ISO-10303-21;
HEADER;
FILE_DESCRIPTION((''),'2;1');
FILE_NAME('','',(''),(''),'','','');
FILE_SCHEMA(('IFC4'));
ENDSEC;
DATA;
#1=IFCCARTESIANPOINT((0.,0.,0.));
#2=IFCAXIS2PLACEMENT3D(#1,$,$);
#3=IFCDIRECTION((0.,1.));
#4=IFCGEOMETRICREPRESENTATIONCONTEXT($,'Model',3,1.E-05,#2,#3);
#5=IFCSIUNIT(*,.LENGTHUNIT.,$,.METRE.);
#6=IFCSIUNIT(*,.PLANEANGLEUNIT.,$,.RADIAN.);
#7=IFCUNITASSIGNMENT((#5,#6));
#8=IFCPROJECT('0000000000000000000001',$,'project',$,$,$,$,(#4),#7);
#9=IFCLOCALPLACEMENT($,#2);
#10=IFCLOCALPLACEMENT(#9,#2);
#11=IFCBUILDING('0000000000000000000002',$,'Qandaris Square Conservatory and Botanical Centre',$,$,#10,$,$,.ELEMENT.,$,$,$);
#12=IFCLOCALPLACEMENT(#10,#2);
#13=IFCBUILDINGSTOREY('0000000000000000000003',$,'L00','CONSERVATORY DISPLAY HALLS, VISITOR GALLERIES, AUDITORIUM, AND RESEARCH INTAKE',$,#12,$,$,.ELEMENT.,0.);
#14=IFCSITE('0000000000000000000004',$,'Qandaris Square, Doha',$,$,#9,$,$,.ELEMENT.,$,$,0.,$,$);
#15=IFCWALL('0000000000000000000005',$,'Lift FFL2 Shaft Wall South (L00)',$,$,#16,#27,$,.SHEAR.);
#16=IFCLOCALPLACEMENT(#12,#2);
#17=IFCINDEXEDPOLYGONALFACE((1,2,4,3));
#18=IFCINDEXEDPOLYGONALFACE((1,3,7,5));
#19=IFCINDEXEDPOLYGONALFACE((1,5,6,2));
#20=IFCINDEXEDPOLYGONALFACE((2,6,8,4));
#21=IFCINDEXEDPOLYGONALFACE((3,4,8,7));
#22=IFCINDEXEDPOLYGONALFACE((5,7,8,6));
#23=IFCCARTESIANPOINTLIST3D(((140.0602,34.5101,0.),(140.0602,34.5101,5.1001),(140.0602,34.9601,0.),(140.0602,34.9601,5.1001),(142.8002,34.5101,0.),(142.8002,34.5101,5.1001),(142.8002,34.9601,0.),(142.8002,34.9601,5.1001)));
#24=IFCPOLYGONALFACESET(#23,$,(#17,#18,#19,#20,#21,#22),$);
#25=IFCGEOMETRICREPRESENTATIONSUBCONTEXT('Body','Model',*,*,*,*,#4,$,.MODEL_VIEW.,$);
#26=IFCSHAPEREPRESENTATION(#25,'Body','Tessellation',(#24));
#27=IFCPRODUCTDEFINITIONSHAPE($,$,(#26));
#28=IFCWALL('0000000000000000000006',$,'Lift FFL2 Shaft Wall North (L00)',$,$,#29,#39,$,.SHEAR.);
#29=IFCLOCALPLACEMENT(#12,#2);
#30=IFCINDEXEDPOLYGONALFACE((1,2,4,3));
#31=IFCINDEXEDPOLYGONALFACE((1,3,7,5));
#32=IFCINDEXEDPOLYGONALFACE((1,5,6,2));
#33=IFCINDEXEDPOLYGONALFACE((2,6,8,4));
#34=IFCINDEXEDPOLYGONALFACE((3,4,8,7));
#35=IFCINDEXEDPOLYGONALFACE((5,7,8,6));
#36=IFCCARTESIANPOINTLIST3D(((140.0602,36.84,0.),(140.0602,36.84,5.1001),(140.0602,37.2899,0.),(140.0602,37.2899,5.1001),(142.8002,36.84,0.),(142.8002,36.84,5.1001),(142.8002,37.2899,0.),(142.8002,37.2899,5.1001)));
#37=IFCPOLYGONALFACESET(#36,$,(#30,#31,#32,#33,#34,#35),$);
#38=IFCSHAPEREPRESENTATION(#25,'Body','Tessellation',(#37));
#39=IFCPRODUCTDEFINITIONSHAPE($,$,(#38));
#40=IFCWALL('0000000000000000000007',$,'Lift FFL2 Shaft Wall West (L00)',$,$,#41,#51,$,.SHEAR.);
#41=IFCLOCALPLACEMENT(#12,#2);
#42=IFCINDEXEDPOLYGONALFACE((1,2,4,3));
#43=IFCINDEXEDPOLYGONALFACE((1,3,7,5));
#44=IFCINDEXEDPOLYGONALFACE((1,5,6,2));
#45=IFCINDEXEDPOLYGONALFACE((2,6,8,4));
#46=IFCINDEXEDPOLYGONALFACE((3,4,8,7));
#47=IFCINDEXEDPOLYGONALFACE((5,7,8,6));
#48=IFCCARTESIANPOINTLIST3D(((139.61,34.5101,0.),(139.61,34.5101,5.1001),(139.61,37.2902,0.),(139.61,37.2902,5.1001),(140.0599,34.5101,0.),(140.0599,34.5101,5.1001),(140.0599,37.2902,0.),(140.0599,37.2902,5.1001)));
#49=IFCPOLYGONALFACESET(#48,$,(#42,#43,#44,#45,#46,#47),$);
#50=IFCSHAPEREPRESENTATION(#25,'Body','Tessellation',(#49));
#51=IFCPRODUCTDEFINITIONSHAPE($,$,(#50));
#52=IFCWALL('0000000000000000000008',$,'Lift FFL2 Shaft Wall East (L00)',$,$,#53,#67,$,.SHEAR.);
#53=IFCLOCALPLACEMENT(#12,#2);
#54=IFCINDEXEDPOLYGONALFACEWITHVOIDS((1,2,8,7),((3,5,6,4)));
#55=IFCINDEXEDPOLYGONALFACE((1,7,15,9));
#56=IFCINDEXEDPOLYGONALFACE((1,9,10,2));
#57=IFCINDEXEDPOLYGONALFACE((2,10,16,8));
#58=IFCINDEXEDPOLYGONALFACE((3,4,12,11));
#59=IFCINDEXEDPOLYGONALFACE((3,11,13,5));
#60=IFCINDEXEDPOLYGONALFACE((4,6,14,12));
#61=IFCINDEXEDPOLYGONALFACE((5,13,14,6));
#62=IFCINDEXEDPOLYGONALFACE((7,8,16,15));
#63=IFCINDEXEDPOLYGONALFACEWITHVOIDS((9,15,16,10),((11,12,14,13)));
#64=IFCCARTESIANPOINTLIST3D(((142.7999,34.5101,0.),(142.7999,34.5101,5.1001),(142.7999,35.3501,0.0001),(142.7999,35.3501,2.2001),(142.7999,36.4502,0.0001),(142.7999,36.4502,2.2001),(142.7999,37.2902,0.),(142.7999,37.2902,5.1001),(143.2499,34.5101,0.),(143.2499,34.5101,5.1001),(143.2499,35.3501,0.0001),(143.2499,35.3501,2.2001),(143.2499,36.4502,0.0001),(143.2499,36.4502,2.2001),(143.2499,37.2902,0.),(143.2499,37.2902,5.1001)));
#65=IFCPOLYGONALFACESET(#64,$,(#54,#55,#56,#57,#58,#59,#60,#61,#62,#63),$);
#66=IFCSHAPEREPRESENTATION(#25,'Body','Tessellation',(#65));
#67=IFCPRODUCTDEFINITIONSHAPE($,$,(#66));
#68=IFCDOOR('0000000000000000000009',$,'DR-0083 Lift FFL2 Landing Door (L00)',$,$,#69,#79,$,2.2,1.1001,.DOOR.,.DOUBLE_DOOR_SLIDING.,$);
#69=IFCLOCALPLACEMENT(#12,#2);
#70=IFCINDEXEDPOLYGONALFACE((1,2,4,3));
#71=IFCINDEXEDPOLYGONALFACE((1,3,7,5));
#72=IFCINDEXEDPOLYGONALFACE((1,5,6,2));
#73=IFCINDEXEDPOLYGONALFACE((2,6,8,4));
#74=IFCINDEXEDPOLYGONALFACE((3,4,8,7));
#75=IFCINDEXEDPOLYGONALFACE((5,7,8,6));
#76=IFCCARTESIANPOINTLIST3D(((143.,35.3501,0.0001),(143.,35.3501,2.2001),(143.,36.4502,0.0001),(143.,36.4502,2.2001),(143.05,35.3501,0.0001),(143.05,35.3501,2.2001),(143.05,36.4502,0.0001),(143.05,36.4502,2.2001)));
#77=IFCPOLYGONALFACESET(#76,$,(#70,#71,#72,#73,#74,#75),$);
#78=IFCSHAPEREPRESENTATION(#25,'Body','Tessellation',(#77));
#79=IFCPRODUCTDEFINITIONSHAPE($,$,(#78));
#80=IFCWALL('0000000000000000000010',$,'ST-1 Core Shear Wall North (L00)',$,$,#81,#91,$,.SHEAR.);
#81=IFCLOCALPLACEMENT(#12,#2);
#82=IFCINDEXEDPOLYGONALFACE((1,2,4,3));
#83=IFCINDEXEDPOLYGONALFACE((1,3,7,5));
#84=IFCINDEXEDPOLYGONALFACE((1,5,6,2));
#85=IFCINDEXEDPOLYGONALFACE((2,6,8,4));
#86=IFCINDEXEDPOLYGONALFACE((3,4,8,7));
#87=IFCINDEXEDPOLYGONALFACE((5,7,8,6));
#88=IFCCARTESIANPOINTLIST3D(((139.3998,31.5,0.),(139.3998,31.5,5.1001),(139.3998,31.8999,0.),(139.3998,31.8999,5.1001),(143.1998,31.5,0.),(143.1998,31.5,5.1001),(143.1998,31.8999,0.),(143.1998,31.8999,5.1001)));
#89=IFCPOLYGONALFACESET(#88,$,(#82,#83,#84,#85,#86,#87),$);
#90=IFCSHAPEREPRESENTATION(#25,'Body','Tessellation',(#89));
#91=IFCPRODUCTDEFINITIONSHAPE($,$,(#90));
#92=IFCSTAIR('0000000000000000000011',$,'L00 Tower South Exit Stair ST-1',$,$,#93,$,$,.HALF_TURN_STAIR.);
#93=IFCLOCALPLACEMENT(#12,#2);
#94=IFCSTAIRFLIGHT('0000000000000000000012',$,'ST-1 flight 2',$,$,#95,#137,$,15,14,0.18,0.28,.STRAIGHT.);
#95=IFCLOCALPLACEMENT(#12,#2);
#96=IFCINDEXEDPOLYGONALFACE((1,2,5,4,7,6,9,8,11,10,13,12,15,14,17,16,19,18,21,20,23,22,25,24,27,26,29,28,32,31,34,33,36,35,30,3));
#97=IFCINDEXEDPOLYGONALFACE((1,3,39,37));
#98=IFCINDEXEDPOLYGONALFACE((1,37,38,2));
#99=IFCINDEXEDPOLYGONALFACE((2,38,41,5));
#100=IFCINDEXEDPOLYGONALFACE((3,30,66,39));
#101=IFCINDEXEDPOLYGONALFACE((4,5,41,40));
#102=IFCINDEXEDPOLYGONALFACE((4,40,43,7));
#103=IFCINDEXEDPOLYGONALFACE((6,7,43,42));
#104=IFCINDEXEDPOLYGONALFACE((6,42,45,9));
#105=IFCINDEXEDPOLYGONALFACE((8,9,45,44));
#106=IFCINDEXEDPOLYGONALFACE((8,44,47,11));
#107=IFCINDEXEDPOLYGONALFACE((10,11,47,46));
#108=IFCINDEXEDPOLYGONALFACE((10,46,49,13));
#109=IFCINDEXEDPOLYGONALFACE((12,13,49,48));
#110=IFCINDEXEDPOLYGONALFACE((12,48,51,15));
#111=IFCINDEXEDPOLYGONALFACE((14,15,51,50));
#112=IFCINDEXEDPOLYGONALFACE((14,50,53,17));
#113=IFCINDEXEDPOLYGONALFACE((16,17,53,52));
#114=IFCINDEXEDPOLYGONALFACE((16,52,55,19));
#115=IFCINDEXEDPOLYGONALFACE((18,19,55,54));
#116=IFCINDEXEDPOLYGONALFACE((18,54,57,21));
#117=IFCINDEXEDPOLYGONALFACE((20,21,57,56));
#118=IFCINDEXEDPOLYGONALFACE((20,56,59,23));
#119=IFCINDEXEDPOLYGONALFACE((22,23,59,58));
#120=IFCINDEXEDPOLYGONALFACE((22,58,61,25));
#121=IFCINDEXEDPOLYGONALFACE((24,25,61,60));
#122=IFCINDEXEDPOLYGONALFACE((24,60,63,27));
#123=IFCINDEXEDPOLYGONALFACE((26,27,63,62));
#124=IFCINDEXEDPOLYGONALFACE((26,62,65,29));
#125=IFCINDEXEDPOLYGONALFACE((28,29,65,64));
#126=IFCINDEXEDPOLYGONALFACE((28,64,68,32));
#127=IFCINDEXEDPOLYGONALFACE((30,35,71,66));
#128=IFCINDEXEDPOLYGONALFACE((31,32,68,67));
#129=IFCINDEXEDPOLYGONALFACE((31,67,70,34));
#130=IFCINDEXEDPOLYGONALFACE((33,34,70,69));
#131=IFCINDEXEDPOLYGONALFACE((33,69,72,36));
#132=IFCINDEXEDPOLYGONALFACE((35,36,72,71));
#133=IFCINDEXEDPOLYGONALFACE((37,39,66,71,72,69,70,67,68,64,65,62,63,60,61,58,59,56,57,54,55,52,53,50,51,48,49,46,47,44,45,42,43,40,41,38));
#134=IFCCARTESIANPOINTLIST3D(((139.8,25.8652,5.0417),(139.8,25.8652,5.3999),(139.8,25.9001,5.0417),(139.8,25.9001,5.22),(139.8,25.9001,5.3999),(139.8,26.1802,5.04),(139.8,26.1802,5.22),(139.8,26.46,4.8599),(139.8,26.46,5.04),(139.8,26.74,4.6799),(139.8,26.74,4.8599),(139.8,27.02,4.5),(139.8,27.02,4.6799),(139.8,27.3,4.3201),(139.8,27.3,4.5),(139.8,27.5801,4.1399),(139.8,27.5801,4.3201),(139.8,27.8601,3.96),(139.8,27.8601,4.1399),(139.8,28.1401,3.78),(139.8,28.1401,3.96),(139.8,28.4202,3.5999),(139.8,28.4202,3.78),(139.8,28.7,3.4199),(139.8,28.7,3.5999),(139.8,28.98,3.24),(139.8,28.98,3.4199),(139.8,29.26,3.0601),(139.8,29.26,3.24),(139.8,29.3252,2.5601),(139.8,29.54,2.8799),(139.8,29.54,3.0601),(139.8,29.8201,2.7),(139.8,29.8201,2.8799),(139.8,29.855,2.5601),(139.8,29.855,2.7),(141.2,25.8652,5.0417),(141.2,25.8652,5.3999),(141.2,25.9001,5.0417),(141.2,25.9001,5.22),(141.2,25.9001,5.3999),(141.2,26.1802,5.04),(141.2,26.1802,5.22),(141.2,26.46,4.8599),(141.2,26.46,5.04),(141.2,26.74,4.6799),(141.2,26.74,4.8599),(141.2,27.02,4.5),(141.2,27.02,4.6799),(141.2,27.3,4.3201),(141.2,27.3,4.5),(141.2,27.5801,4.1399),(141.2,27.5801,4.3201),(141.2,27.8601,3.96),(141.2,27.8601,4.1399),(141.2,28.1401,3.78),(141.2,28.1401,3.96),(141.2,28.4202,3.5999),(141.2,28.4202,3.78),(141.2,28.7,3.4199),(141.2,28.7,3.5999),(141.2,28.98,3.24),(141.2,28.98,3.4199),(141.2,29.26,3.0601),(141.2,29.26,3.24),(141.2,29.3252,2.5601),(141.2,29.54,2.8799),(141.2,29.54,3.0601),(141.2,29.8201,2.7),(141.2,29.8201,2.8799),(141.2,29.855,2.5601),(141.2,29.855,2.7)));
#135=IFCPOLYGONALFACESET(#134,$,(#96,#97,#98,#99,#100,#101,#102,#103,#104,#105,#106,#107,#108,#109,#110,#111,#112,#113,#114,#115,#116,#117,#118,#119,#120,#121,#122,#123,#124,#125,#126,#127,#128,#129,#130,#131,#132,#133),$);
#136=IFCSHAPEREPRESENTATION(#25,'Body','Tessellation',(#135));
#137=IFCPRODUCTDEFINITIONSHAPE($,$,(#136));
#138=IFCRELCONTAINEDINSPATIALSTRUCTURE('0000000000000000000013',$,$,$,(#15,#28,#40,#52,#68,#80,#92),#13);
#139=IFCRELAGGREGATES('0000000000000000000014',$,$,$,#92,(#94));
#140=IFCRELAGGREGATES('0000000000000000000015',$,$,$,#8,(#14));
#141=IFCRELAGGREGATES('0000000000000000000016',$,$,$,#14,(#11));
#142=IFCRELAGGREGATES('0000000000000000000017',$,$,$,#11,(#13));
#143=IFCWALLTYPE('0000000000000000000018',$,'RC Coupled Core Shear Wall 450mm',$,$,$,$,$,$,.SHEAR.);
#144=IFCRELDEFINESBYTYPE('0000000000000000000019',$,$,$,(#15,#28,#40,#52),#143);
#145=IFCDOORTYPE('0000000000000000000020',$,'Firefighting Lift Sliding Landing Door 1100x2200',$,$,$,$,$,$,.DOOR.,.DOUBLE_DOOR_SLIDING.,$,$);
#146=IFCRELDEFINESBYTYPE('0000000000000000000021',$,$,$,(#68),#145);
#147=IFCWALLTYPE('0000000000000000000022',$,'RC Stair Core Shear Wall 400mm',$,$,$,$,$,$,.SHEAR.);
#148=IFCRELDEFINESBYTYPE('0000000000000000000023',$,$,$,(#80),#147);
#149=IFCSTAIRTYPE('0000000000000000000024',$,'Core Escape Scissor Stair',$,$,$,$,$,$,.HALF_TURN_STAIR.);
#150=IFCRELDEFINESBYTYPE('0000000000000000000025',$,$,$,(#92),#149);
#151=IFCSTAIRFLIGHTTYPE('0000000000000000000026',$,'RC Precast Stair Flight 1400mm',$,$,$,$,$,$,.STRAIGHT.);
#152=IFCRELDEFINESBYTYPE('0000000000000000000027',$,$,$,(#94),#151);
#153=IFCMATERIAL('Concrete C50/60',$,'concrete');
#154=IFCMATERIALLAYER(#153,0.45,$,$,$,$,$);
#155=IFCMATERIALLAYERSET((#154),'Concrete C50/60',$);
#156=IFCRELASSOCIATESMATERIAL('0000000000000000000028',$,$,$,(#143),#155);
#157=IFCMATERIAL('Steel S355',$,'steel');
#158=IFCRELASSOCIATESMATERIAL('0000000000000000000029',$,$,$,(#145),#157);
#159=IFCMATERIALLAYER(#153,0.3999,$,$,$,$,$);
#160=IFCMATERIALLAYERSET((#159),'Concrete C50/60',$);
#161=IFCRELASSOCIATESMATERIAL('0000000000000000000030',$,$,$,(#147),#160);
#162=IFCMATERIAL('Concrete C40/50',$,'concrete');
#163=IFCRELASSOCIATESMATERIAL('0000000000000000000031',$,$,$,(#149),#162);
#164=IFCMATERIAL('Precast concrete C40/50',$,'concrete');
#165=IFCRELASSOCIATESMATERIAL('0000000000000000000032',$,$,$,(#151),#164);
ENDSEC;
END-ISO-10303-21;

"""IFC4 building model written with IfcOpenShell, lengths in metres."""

from ifc_helpers import new_model, si_unit, direction, frame, frame_2d, origin, place, context, subcontext, project, spatial, polyline, rectangle, outline, extrude, material, layer, layer_set, type_object, element, fill, aggregate, save


model = new_model("IFC4")

# Units and contexts
model_context = context("Model", 3, precision=1e-05, world=origin(), true_north=direction((0.0, 1.0)))
body_context = subcontext(model_context, "Body", "Model", "MODEL_VIEW")
ifc_project = project(units=[si_unit("LENGTHUNIT", "METRE"), si_unit("PLANEANGLEUNIT", "RADIAN")], contexts=[model_context])

# Site, building, storey
site_placement = place(None, origin())
site = spatial("IfcSite", under=ifc_project, at=site_placement, Name="Qandaris Square, Doha", CompositionType="ELEMENT", RefElevation=0.0)
building_placement = place(site_placement, origin())
building = spatial("IfcBuilding", under=site, at=building_placement, Name="Qandaris Square Conservatory and Botanical Centre", CompositionType="ELEMENT")
storey_placement = place(building_placement, origin())
storey = spatial("IfcBuildingStorey", under=building, at=storey_placement, Name="L00", Description="CONSERVATORY DISPLAY HALLS, VISITOR GALLERIES, AUDITORIUM, AND RESEARCH INTAKE", CompositionType="ELEMENT", Elevation=0.0)

# Shared definitions
ifc_material_1 = material(Name="Steel S355", Category="steel")

# Shared definitions
ifc_material_2 = material(Name="Concrete C40/50", Category="concrete")

# Shared definitions
ifc_material_3 = material(Name="Concrete C50/60", Category="concrete")
ifc_layer_1 = layer(ifc_material_3, 0.45)
ifc_layer_set_1 = layer_set([ifc_layer_1], Name="Concrete C50/60")
wall_type_1 = type_object("IfcWallType", Name="RC Coupled Core Shear Wall 450mm", PredefinedType="SHEAR", material=ifc_layer_set_1)

# Shared definitions
door_type_1 = type_object("IfcDoorType", Name="Firefighting Lift Sliding Landing Door 1100x2200", OperationType="DOUBLE_DOOR_SLIDING", PredefinedType="DOOR", material=ifc_material_1)

# Walls
for number, where, z_axis, x_axis, name in (
    (1, (140.0601, 34.7351, 0.0), (0.0, 0.0, 1.0), (1.0, 0.0, 0.0), "Lift FFL2 Shaft Wall South (L00)"),
    (2, (140.0601, 37.0649, 0.0), (0.0, 0.0, 1.0), (1.0, 0.0, 0.0), "Lift FFL2 Shaft Wall North (L00)"),
):
    element("IfcWall", number, at=place(storey_placement, frame(where, z_axis=z_axis, x_axis=x_axis)), inside=storey, type_object=wall_type_1, Name=name, PredefinedType="SHEAR", context=body_context, shape_type="SweptSolid", body=[
        extrude(rectangle(XDim=2.74, YDim=0.45, at=frame_2d((1.3701, 0.0))), origin(), (0.0, 0.0, 1.0), 5.1001),
    ])
wall_1_placement = place(storey_placement, frame((139.835, 34.51, 0.0), z_axis=(0.0, 0.0, 1.0), x_axis=(0.0, 1.0, 0.0)))
element("IfcWall", 3, at=wall_1_placement, inside=storey, type_object=wall_type_1, Name="Lift FFL2 Shaft Wall West (L00)", PredefinedType="SHEAR", context=body_context, shape_type="SweptSolid", body=[
    extrude(rectangle(XDim=2.78, YDim=0.45, at=frame_2d((1.3901, 0.0))), origin(), (0.0, 0.0, 1.0), 5.1001),
])

# Wall, opening, door
wall_2_placement = place(storey_placement, frame((143.0249, 34.51, 0.0), z_axis=(0.0, 0.0, 1.0), x_axis=(0.0, 1.0, 0.0)))
wall_2 = element("IfcWall", 4, at=wall_2_placement, inside=storey, type_object=wall_type_1, Name="Lift FFL2 Shaft Wall East (L00)", PredefinedType="SHEAR", context=body_context, shape_type="SweptSolid", body=[
    extrude(rectangle(XDim=2.78, YDim=0.45, at=frame_2d((1.3901, 0.0))), origin(), (0.0, 0.0, 1.0), 5.1001),
])
opening_1_placement = place(wall_2_placement, frame((0.8401, 0.0, 0.0)))
opening_1 = element("IfcOpeningElement", 5, at=opening_1_placement, cuts=wall_2, PredefinedType="OPENING", context=body_context, shape_type="SweptSolid", body=[
    extrude(rectangle(XDim=1.1001, YDim=2.2, at=frame_2d((0.55, 1.1001))), frame((0.0, 0.2368, 0.0), z_axis=(0.0, -1.0, 0.0), x_axis=(1.0, 0.0, 0.0)), (0.0, 0.0, 1.0), 0.4739),
])
door_1_placement = place(opening_1_placement, origin())
door_1 = element("IfcDoor", 6, at=door_1_placement, inside=storey, type_object=door_type_1, Name="DR-0083 Lift FFL2 Landing Door (L00)", OperationType="DOUBLE_DOOR_SLIDING", OverallHeight=2.2, OverallWidth=1.1001, PredefinedType="DOOR", context=body_context, shape_type="SweptSolid", body=[
    extrude(rectangle(XDim=1.1001, YDim=2.2, at=frame_2d((0.55, 1.1001))), frame((0.0, 0.0249, 0.0), z_axis=(0.0, -1.0, 0.0), x_axis=(1.0, 0.0, 0.0)), (0.0, 0.0, 1.0), 0.05),
])
fill(opening_1, door_1)

# Wall
ifc_layer_2 = layer(ifc_material_3, 0.3999)
ifc_layer_set_2 = layer_set([ifc_layer_2], Name="Concrete C50/60")
wall_type_2 = type_object("IfcWallType", Name="RC Stair Core Shear Wall 400mm", PredefinedType="SHEAR", material=ifc_layer_set_2)
wall_3_placement = place(storey_placement, frame((139.3999, 31.7, 0.0), z_axis=(0.0, 0.0, 1.0), x_axis=(1.0, 0.0, 0.0)))
element("IfcWall", 7, at=wall_3_placement, inside=storey, type_object=wall_type_2, Name="ST-1 Core Shear Wall North (L00)", PredefinedType="SHEAR", context=body_context, shape_type="SweptSolid", body=[
    extrude(rectangle(XDim=3.8, YDim=0.3999, at=frame_2d((1.8999, 0.0))), origin(), (0.0, 0.0, 1.0), 5.1001),
])

# Stair, stair flight
stair_type = type_object("IfcStairType", Name="Core Escape Scissor Stair", PredefinedType="HALF_TURN_STAIR", material=ifc_material_2)
stair_placement = place(storey_placement, origin())
stair = element("IfcStair", 8, at=stair_placement, inside=storey, type_object=stair_type, Name="L00 Tower South Exit Stair ST-1", PredefinedType="HALF_TURN_STAIR")
ifc_material_4 = material(Name="Precast concrete C40/50", Category="concrete")
stair_flight_type = type_object("IfcStairFlightType", Name="RC Precast Stair Flight 1400mm", PredefinedType="STRAIGHT", material=ifc_material_4)
stair_flight_placement = place(storey_placement, frame((140.5, 29.8201, 2.7), z_axis=(0.0, 0.0, 1.0), x_axis=(0.0, -1.0, 0.0)))
stair_flight = element("IfcStairFlight", 9, at=stair_flight_placement, type_object=stair_flight_type, Name="ST-1 flight 2", NumberOfRisers=15, NumberOfTreads=14, PredefinedType="STRAIGHT", RiserHeight=0.18, TreadLength=0.28, context=body_context, shape_type="SweptSolid", body=[
    extrude(outline(polyline([(-0.0349, 0.0), (0.0, 0.0), (0.0, 0.1799), (0.28, 0.1799), (0.28, 0.3601), (0.5601, 0.3601), (0.5601, 0.54), (0.8401, 0.54), (0.8401, 0.72), (1.1201, 0.72), (1.1201, 0.8999), (1.3999, 0.8999), (1.3999, 1.0801), (1.6799, 1.0801), (1.6799, 1.26), (1.96, 1.26), (1.96, 1.4399), (2.24, 1.4399), (2.24, 1.6201), (2.52, 1.6201), (2.52, 1.8), (2.8, 1.8), (2.8, 1.98), (3.0801, 1.98), (3.0801, 2.1599), (3.3601, 2.1599), (3.3601, 2.3401), (3.6399, 2.3401), (3.6399, 2.52), (3.9199, 2.52), (3.9199, 2.7), (3.9548, 2.7), (3.9548, 2.3418), (3.9199, 2.3418), (0.4949, -0.1399), (-0.0349, -0.1399), (-0.0349, 0.0)])), frame((0.0, 0.7, 0.0), z_axis=(0.0, -1.0, 0.0), x_axis=(1.0, 0.0, 0.0)), (0.0, 0.0, 1.0), 1.3999),
])
aggregate(stair, [stair_flight])

save(model, "model.ifc")
